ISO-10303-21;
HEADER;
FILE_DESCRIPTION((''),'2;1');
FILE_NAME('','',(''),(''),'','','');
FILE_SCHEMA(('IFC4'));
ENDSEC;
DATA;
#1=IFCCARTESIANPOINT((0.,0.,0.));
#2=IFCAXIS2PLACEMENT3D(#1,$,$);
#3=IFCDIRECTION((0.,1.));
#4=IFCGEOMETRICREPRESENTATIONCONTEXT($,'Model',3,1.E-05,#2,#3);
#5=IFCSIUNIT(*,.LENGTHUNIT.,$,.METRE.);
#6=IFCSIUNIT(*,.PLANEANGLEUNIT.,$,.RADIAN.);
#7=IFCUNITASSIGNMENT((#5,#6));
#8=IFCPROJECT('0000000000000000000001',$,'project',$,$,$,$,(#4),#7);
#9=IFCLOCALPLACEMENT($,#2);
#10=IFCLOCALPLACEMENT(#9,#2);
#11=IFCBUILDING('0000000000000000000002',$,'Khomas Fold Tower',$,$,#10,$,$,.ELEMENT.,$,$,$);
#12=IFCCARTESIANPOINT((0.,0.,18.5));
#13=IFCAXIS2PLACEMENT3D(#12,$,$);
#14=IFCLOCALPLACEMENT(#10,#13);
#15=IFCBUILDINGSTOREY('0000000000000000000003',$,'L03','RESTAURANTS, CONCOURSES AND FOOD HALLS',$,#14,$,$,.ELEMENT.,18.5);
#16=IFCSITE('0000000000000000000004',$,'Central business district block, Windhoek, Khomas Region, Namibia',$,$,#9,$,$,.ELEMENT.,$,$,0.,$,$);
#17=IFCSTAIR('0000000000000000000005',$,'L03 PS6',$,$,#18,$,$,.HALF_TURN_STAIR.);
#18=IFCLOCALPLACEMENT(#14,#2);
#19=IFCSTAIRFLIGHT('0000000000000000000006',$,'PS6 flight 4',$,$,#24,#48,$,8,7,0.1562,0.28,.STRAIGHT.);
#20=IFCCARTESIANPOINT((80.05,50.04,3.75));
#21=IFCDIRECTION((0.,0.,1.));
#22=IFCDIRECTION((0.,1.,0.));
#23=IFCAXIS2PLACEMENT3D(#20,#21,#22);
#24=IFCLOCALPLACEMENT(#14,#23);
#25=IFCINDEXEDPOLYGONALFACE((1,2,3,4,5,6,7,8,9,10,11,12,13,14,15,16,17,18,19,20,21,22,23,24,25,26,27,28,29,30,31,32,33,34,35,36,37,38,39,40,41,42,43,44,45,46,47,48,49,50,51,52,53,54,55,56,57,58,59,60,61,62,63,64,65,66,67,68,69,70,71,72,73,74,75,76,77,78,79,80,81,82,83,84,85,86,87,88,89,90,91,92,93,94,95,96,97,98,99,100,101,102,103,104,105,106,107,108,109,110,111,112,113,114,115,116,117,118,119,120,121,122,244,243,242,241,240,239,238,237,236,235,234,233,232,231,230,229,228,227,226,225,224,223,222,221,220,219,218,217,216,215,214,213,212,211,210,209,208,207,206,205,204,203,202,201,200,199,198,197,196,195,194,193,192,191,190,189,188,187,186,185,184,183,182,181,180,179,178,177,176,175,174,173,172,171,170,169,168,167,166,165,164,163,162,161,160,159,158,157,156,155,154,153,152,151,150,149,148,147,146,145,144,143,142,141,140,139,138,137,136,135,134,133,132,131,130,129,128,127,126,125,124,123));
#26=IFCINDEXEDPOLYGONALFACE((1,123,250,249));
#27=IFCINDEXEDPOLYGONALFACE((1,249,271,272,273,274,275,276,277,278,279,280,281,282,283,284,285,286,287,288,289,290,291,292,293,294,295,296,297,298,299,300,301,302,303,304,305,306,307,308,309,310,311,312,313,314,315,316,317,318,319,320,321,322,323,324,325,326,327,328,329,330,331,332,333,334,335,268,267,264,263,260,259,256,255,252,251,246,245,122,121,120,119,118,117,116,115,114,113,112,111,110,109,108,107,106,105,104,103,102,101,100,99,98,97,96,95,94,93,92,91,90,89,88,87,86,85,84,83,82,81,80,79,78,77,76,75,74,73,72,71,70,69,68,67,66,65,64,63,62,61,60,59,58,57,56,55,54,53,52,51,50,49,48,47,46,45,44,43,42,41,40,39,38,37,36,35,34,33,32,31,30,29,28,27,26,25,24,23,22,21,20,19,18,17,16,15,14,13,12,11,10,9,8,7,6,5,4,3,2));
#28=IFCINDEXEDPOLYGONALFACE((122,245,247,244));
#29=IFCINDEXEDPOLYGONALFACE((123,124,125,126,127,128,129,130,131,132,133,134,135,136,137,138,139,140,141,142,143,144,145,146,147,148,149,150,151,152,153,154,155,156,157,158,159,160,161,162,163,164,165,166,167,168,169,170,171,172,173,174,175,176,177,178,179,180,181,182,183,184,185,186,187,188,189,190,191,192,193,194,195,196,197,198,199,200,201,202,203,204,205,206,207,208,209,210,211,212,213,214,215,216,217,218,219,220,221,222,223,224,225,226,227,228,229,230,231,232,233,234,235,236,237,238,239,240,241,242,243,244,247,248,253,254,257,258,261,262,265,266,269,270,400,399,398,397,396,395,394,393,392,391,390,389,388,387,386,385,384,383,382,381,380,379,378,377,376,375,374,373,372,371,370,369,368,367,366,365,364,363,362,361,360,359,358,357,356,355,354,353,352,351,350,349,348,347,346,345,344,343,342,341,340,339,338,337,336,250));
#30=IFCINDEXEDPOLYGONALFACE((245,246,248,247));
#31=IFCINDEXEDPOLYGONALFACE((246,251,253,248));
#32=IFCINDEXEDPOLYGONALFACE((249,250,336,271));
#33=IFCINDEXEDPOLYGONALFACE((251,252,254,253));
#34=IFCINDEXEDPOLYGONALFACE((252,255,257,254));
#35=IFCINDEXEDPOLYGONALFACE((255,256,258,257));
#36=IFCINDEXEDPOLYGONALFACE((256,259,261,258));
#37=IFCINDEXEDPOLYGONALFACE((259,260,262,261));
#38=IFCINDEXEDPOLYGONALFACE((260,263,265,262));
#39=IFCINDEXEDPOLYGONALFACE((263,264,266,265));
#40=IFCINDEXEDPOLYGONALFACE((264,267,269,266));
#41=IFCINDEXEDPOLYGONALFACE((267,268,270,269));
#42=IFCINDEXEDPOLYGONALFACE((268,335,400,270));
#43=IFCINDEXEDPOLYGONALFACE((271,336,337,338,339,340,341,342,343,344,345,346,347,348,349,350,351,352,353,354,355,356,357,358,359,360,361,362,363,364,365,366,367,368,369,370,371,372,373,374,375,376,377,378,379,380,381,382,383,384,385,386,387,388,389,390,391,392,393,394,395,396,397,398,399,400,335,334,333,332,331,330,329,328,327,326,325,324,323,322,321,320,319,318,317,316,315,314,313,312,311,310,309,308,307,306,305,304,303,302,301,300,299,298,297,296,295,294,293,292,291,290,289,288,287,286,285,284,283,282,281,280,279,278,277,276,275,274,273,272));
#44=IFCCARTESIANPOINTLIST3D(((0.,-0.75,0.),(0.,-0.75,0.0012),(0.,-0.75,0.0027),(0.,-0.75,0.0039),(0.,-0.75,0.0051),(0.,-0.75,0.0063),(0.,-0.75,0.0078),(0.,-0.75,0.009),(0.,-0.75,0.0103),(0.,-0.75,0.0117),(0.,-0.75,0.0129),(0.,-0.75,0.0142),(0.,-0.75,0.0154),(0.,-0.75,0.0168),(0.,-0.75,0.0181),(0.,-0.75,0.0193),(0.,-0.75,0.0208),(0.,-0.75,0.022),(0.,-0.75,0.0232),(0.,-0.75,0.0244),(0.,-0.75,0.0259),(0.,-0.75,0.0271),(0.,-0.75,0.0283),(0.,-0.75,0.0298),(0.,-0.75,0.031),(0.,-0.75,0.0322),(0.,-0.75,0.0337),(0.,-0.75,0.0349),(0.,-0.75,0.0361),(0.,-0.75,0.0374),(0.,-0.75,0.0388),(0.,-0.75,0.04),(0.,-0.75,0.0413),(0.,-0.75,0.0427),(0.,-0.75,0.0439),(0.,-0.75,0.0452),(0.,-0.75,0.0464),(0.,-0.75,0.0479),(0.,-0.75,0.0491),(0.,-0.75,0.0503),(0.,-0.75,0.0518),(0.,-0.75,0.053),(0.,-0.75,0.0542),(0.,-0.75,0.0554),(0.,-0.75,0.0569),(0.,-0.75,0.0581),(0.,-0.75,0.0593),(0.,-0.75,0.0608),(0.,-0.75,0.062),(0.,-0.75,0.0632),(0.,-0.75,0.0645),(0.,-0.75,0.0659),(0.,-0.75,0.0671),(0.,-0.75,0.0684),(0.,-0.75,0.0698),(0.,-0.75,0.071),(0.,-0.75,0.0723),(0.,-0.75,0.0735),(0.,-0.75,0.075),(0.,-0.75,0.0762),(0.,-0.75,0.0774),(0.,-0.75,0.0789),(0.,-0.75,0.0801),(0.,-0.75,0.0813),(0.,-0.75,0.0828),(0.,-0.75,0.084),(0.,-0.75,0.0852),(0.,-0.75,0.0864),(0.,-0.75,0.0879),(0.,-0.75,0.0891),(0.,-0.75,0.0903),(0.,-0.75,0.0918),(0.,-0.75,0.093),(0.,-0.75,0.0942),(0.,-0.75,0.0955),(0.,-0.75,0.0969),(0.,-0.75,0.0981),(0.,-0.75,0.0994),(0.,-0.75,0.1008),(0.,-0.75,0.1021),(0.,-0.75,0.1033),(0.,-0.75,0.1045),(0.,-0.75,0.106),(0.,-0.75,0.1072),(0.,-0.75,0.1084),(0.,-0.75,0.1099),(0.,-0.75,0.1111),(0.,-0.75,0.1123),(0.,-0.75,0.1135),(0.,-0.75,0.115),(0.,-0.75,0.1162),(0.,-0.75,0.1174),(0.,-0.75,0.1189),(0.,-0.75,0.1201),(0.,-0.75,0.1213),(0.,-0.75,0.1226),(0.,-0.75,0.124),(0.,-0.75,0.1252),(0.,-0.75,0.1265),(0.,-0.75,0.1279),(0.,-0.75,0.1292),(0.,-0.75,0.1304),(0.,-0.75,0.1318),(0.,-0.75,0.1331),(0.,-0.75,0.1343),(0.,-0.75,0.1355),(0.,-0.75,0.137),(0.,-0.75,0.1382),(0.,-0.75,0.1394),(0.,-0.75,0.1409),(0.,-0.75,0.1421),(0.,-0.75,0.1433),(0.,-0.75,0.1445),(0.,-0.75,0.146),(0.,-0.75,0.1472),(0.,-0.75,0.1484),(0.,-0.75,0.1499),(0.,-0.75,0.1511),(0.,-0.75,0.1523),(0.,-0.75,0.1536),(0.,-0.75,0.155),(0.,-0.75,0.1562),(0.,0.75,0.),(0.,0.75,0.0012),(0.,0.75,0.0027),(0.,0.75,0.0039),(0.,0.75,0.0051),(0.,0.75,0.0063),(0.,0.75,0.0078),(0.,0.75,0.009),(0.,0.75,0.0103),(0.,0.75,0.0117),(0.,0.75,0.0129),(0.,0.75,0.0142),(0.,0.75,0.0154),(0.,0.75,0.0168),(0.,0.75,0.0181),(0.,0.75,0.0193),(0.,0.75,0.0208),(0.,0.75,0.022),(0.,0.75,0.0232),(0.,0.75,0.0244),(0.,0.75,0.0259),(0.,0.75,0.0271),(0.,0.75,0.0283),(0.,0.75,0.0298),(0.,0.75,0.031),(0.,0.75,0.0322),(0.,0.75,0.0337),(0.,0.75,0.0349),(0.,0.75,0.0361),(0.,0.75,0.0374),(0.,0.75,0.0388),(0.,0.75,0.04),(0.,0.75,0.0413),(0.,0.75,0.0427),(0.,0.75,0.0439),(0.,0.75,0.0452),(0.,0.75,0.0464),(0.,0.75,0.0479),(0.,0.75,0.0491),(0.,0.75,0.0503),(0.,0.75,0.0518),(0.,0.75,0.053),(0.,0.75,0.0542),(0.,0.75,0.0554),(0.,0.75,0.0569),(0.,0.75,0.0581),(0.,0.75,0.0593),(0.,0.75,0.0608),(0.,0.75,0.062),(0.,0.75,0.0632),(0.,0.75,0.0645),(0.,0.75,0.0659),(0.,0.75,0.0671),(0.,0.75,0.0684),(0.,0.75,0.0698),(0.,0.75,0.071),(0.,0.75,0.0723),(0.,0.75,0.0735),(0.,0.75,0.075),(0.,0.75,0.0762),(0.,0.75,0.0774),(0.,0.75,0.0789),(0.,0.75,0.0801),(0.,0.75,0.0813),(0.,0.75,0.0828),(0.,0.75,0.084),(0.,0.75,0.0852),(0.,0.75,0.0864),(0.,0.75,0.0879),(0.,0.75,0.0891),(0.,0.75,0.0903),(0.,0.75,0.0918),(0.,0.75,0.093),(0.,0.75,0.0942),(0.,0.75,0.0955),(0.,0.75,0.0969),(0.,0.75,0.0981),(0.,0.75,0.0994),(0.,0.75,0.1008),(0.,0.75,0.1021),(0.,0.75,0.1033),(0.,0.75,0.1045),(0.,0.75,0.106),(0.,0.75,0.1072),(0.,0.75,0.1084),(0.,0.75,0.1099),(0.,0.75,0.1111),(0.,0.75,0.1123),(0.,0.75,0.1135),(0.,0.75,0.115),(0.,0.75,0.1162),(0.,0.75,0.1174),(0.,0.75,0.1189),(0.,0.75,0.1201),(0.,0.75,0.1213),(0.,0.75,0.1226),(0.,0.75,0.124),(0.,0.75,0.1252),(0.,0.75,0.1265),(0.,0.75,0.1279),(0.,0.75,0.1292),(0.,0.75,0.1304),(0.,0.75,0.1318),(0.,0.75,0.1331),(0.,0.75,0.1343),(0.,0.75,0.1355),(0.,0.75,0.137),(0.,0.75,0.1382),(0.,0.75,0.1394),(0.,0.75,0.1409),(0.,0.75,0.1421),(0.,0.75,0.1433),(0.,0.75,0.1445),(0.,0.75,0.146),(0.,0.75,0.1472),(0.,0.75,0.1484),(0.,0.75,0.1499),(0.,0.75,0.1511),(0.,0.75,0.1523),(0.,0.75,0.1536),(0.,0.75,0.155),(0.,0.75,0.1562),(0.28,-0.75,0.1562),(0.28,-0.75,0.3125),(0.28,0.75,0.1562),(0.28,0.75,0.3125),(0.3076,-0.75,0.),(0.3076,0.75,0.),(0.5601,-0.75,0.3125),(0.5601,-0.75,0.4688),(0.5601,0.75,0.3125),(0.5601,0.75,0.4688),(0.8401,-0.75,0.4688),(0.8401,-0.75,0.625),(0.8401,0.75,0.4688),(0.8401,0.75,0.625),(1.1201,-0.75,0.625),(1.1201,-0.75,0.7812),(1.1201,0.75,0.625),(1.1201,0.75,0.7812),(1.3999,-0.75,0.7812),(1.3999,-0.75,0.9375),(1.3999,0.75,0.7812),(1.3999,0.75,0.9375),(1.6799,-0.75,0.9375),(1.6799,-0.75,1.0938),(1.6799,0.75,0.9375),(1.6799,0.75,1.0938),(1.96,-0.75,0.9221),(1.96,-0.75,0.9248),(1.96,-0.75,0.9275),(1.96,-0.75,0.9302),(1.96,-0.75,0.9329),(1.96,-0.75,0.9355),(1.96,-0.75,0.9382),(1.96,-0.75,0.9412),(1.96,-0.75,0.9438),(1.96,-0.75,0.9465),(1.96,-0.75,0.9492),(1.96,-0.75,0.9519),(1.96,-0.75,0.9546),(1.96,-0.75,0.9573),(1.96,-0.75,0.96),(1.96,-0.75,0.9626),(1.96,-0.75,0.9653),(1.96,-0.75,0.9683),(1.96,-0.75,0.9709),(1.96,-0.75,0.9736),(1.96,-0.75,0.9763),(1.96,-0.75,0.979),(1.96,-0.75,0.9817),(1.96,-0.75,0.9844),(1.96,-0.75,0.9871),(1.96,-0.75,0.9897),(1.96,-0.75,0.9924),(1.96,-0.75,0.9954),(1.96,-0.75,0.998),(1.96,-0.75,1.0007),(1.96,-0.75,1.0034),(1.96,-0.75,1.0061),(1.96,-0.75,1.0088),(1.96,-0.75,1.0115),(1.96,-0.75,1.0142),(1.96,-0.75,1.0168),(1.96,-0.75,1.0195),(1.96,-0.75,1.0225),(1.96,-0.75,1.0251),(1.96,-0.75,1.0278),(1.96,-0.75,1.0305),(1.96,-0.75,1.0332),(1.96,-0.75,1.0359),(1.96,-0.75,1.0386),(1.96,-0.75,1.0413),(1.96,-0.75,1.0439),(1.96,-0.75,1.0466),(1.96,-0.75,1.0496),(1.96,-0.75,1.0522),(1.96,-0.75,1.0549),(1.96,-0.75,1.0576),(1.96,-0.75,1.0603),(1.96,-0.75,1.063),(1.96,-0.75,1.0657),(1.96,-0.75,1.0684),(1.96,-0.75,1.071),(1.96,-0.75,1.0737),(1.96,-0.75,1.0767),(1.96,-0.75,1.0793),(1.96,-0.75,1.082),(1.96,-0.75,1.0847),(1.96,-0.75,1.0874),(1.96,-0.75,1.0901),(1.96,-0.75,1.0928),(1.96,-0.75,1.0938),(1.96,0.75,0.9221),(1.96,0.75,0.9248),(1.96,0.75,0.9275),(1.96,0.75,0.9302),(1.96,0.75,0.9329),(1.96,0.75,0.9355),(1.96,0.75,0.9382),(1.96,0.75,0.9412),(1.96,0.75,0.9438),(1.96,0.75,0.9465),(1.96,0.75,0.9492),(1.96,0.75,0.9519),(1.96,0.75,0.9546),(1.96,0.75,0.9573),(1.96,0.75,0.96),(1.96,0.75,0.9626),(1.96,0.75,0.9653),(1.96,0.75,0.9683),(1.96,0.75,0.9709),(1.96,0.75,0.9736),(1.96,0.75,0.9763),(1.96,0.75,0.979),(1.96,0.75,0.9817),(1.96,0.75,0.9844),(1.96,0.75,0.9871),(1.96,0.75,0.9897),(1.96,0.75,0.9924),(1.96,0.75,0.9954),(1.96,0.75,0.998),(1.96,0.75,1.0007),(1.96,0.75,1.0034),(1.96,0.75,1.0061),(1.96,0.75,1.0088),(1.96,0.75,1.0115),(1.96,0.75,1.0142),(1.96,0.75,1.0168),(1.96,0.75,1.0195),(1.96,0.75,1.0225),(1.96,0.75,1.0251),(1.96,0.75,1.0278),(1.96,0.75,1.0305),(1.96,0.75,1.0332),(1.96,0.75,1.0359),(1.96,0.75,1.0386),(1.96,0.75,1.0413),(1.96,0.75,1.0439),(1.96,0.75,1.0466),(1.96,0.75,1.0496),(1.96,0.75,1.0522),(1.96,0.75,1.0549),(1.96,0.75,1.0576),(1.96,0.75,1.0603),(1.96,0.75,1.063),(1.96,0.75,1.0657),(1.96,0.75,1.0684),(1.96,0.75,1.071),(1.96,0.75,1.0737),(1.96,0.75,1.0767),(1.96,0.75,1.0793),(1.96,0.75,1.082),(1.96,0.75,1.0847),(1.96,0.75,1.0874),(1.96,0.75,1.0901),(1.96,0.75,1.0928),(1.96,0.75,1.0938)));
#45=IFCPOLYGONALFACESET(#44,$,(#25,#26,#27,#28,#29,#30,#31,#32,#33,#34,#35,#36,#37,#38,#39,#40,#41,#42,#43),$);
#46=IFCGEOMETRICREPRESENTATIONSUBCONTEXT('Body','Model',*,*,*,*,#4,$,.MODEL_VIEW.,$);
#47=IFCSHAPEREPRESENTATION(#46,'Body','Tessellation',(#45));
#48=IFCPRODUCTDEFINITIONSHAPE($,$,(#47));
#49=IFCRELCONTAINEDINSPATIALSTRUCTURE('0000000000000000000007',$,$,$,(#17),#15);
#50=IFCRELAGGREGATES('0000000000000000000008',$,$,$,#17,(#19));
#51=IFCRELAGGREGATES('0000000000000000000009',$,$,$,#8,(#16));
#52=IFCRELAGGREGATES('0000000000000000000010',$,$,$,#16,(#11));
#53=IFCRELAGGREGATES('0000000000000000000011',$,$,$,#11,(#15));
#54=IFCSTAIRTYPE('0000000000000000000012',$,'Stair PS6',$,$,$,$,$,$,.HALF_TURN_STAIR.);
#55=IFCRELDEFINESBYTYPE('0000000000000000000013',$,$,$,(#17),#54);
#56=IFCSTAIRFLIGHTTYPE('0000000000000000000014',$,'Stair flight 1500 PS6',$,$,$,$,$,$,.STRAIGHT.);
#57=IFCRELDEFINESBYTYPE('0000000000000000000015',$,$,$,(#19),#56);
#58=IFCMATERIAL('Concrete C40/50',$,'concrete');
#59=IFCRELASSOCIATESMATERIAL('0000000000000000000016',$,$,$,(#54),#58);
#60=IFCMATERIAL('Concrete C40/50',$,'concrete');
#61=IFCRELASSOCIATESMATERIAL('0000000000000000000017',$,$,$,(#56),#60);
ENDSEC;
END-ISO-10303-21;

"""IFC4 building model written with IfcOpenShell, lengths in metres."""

from ifc_helpers import new_model, si_unit, direction, frame, origin, place, context, subcontext, project, spatial, polyline, outline, extrude, source, transform, mapped, material, type_object, element, aggregate, save


model = new_model("IFC4")

# Units and contexts
model_context = context("Model", 3, precision=1e-05, world=origin(), true_north=direction((0.0, 1.0)))
body_context = subcontext(model_context, "Body", "Model", "MODEL_VIEW")
ifc_project = project(units=[si_unit("LENGTHUNIT", "METRE"), si_unit("PLANEANGLEUNIT", "RADIAN")], contexts=[model_context])

# Site, building, storey
site_placement = place(None, origin())
site = spatial("IfcSite", under=ifc_project, at=site_placement, Name="Central business district block, Windhoek, Khomas Region, Namibia", CompositionType="ELEMENT", RefElevation=0.0)
building_placement = place(site_placement, origin())
building = spatial("IfcBuilding", under=site, at=building_placement, Name="Khomas Fold Tower", CompositionType="ELEMENT")
storey_placement = place(building_placement, frame((0.0, 0.0, 18.5)))
storey = spatial("IfcBuildingStorey", under=building, at=storey_placement, Name="L03", Description="RESTAURANTS, CONCOURSES AND FOOD HALLS", CompositionType="ELEMENT", Elevation=18.5)

# Stair, stair flight
shared_shape_1 = source(origin(), body_context, "Body", "SweptSolid", [
    extrude(outline(polyline([(0.0, 0.0), (0.0, 0.0012), (0.0, 0.0027), (0.0, 0.0039), (0.0, 0.0051), (0.0, 0.0063), (0.0, 0.0078), (0.0, 0.009), (0.0, 0.0103), (0.0, 0.0117), (0.0, 0.0129), (0.0, 0.0142), (0.0, 0.0154), (0.0, 0.0168), (0.0, 0.0181), (0.0, 0.0193), (0.0, 0.0208), (0.0, 0.022), (0.0, 0.0232), (0.0, 0.0244), (0.0, 0.0259), (0.0, 0.0271), (0.0, 0.0283), (0.0, 0.0298), (0.0, 0.031), (0.0, 0.0322), (0.0, 0.0337), (0.0, 0.0349), (0.0, 0.0361), (0.0, 0.0374), (0.0, 0.0388), (0.0, 0.04), (0.0, 0.0413), (0.0, 0.0427), (0.0, 0.0439), (0.0, 0.0452), (0.0, 0.0464), (0.0, 0.0479), (0.0, 0.0491), (0.0, 0.0503), (0.0, 0.0518), (0.0, 0.053), (0.0, 0.0542), (0.0, 0.0554), (0.0, 0.0569), (0.0, 0.0581), (0.0, 0.0593), (0.0, 0.0608), (0.0, 0.062), (0.0, 0.0632), (0.0, 0.0645), (0.0, 0.0659), (0.0, 0.0671), (0.0, 0.0684), (0.0, 0.0698), (0.0, 0.071), (0.0, 0.0723), (0.0, 0.0735), (0.0, 0.075), (0.0, 0.0762), (0.0, 0.0774), (0.0, 0.0789), (0.0, 0.0801), (0.0, 0.0813), (0.0, 0.0828), (0.0, 0.084), (0.0, 0.0852), (0.0, 0.0864), (0.0, 0.0879), (0.0, 0.0891), (0.0, 0.0903), (0.0, 0.0918), (0.0, 0.093), (0.0, 0.0942), (0.0, 0.0955), (0.0, 0.0969), (0.0, 0.0981), (0.0, 0.0994), (0.0, 0.1008), (0.0, 0.1021), (0.0, 0.1033), (0.0, 0.1045), (0.0, 0.106), (0.0, 0.1072), (0.0, 0.1084), (0.0, 0.1099), (0.0, 0.1111), (0.0, 0.1123), (0.0, 0.1135), (0.0, 0.115), (0.0, 0.1162), (0.0, 0.1174), (0.0, 0.1189), (0.0, 0.1201), (0.0, 0.1213), (0.0, 0.1226), (0.0, 0.124), (0.0, 0.1252), (0.0, 0.1265), (0.0, 0.1279), (0.0, 0.1292), (0.0, 0.1304), (0.0, 0.1318), (0.0, 0.1331), (0.0, 0.1343), (0.0, 0.1355), (0.0, 0.137), (0.0, 0.1382), (0.0, 0.1394), (0.0, 0.1409), (0.0, 0.1421), (0.0, 0.1433), (0.0, 0.1445), (0.0, 0.146), (0.0, 0.1472), (0.0, 0.1484), (0.0, 0.1499), (0.0, 0.1511), (0.0, 0.1523), (0.0, 0.1536), (0.0, 0.155), (0.0, 0.1562), (0.28, 0.1562), (0.28, 0.3125), (0.5601, 0.3125), (0.5601, 0.4688), (0.8401, 0.4688), (0.8401, 0.625), (1.1201, 0.625), (1.1201, 0.7812), (1.3999, 0.7812), (1.3999, 0.9375), (1.6799, 0.9375), (1.6799, 1.0938), (1.96, 1.0938), (1.96, 1.25), (1.96, 1.2473), (1.96, 1.2446), (1.96, 1.2419), (1.96, 1.2393), (1.96, 1.2363), (1.96, 1.2336), (1.96, 1.231), (1.96, 1.2283), (1.96, 1.2256), (1.96, 1.2229), (1.96, 1.2202), (1.96, 1.2175), (1.96, 1.2148), (1.96, 1.2122), (1.96, 1.2092), (1.96, 1.2065), (1.96, 1.2039), (1.96, 1.2012), (1.96, 1.1985), (1.96, 1.1958), (1.96, 1.1931), (1.96, 1.1904), (1.96, 1.1877), (1.96, 1.1851), (1.96, 1.1821), (1.96, 1.1794), (1.96, 1.1768), (1.96, 1.1741), (1.96, 1.1714), (1.96, 1.1687), (1.96, 1.166), (1.96, 1.1633), (1.96, 1.1606), (1.96, 1.158), (1.96, 1.155), (1.96, 1.1523), (1.96, 1.1497), (1.96, 1.147), (1.96, 1.1443), (1.96, 1.1416), (1.96, 1.1389), (1.96, 1.1362), (1.96, 1.1335), (1.96, 1.1309), (1.96, 1.1279), (1.96, 1.1252), (1.96, 1.1226), (1.96, 1.1199), (1.96, 1.1172), (1.96, 1.1145), (1.96, 1.1118), (1.96, 1.1091), (1.96, 1.1064), (1.96, 1.1038), (1.96, 1.1008), (1.96, 1.0981), (1.96, 1.0955), (1.96, 1.0928), (1.96, 1.0901), (1.96, 1.0874), (1.96, 1.0847), (1.96, 1.082), (1.96, 1.0793), (1.96, 1.0767), (1.96, 1.0737), (1.96, 1.071), (1.96, 1.0684), (1.96, 1.0657), (1.96, 1.063), (1.96, 1.0603), (1.96, 1.0576), (1.96, 1.0549), (1.96, 1.0522), (1.96, 1.0496), (1.96, 1.0466), (1.96, 1.0439), (1.96, 1.0413), (1.96, 1.0386), (1.96, 1.0359), (1.96, 1.0332), (1.96, 1.0305), (1.96, 1.0278), (1.96, 1.0251), (1.96, 1.0225), (1.96, 1.0195), (1.96, 1.0168), (1.96, 1.0142), (1.96, 1.0115), (1.96, 1.0088), (1.96, 1.0061), (1.96, 1.0034), (1.96, 1.0007), (1.96, 0.998), (1.96, 0.9954), (1.96, 0.9924), (1.96, 0.9897), (1.96, 0.9871), (1.96, 0.9844), (1.96, 0.9817), (1.96, 0.979), (1.96, 0.9763), (1.96, 0.9736), (1.96, 0.9709), (1.96, 0.9683), (1.96, 0.9653), (1.96, 0.9626), (1.96, 0.96), (1.96, 0.9573), (1.96, 0.9546), (1.96, 0.9519), (1.96, 0.9492), (1.96, 0.9465), (1.96, 0.9438), (1.96, 0.9412), (1.96, 0.9382), (1.96, 0.9355), (1.96, 0.9329), (1.96, 0.9302), (1.96, 0.9275), (1.96, 0.9248), (1.96, 0.9221), (0.3076, 0.0), (0.0, 0.0)])), frame((0.0, 0.75, 0.0), z_axis=(0.0, -1.0, 0.0), x_axis=(1.0, 0.0, 0.0)), (0.0, 0.0, 1.0), 1.5),
])
ifc_material_1 = material(Name="Concrete C40/50", Category="concrete")
stair_type_1 = type_object("IfcStairType", Name="Stair PS6", PredefinedType="HALF_TURN_STAIR", material=ifc_material_1)
stair_1_placement = place(storey_placement, origin())
stair_1 = element("IfcStair", 1, at=stair_1_placement, inside=storey, type_object=stair_type_1, Name="L03 PS6", PredefinedType="HALF_TURN_STAIR")
ifc_material_2 = material(Name="Concrete C40/50", Category="concrete")
stair_flight_type_1 = type_object("IfcStairFlightType", Name="Stair flight 1500 PS6", PredefinedType="STRAIGHT", material=ifc_material_2)
stair_flight_1_placement = place(storey_placement, frame((80.05, 50.04, 3.75), z_axis=(0.0, 0.0, 1.0), x_axis=(0.0, 1.0, 0.0)))
stair_flight_1 = element("IfcStairFlight", 2, at=stair_flight_1_placement, type_object=stair_flight_type_1, Name="PS6 flight 4", NumberOfRisers=8, NumberOfTreads=7, PredefinedType="STRAIGHT", RiserHeight=0.1562, TreadLength=0.28, context=body_context, shape_type="MappedRepresentation", body=[
    mapped(shared_shape_1, transform((0.0, 0.0, 0.0))),
])
aggregate(stair_1, [stair_flight_1])

save(model, "model.ifc")
